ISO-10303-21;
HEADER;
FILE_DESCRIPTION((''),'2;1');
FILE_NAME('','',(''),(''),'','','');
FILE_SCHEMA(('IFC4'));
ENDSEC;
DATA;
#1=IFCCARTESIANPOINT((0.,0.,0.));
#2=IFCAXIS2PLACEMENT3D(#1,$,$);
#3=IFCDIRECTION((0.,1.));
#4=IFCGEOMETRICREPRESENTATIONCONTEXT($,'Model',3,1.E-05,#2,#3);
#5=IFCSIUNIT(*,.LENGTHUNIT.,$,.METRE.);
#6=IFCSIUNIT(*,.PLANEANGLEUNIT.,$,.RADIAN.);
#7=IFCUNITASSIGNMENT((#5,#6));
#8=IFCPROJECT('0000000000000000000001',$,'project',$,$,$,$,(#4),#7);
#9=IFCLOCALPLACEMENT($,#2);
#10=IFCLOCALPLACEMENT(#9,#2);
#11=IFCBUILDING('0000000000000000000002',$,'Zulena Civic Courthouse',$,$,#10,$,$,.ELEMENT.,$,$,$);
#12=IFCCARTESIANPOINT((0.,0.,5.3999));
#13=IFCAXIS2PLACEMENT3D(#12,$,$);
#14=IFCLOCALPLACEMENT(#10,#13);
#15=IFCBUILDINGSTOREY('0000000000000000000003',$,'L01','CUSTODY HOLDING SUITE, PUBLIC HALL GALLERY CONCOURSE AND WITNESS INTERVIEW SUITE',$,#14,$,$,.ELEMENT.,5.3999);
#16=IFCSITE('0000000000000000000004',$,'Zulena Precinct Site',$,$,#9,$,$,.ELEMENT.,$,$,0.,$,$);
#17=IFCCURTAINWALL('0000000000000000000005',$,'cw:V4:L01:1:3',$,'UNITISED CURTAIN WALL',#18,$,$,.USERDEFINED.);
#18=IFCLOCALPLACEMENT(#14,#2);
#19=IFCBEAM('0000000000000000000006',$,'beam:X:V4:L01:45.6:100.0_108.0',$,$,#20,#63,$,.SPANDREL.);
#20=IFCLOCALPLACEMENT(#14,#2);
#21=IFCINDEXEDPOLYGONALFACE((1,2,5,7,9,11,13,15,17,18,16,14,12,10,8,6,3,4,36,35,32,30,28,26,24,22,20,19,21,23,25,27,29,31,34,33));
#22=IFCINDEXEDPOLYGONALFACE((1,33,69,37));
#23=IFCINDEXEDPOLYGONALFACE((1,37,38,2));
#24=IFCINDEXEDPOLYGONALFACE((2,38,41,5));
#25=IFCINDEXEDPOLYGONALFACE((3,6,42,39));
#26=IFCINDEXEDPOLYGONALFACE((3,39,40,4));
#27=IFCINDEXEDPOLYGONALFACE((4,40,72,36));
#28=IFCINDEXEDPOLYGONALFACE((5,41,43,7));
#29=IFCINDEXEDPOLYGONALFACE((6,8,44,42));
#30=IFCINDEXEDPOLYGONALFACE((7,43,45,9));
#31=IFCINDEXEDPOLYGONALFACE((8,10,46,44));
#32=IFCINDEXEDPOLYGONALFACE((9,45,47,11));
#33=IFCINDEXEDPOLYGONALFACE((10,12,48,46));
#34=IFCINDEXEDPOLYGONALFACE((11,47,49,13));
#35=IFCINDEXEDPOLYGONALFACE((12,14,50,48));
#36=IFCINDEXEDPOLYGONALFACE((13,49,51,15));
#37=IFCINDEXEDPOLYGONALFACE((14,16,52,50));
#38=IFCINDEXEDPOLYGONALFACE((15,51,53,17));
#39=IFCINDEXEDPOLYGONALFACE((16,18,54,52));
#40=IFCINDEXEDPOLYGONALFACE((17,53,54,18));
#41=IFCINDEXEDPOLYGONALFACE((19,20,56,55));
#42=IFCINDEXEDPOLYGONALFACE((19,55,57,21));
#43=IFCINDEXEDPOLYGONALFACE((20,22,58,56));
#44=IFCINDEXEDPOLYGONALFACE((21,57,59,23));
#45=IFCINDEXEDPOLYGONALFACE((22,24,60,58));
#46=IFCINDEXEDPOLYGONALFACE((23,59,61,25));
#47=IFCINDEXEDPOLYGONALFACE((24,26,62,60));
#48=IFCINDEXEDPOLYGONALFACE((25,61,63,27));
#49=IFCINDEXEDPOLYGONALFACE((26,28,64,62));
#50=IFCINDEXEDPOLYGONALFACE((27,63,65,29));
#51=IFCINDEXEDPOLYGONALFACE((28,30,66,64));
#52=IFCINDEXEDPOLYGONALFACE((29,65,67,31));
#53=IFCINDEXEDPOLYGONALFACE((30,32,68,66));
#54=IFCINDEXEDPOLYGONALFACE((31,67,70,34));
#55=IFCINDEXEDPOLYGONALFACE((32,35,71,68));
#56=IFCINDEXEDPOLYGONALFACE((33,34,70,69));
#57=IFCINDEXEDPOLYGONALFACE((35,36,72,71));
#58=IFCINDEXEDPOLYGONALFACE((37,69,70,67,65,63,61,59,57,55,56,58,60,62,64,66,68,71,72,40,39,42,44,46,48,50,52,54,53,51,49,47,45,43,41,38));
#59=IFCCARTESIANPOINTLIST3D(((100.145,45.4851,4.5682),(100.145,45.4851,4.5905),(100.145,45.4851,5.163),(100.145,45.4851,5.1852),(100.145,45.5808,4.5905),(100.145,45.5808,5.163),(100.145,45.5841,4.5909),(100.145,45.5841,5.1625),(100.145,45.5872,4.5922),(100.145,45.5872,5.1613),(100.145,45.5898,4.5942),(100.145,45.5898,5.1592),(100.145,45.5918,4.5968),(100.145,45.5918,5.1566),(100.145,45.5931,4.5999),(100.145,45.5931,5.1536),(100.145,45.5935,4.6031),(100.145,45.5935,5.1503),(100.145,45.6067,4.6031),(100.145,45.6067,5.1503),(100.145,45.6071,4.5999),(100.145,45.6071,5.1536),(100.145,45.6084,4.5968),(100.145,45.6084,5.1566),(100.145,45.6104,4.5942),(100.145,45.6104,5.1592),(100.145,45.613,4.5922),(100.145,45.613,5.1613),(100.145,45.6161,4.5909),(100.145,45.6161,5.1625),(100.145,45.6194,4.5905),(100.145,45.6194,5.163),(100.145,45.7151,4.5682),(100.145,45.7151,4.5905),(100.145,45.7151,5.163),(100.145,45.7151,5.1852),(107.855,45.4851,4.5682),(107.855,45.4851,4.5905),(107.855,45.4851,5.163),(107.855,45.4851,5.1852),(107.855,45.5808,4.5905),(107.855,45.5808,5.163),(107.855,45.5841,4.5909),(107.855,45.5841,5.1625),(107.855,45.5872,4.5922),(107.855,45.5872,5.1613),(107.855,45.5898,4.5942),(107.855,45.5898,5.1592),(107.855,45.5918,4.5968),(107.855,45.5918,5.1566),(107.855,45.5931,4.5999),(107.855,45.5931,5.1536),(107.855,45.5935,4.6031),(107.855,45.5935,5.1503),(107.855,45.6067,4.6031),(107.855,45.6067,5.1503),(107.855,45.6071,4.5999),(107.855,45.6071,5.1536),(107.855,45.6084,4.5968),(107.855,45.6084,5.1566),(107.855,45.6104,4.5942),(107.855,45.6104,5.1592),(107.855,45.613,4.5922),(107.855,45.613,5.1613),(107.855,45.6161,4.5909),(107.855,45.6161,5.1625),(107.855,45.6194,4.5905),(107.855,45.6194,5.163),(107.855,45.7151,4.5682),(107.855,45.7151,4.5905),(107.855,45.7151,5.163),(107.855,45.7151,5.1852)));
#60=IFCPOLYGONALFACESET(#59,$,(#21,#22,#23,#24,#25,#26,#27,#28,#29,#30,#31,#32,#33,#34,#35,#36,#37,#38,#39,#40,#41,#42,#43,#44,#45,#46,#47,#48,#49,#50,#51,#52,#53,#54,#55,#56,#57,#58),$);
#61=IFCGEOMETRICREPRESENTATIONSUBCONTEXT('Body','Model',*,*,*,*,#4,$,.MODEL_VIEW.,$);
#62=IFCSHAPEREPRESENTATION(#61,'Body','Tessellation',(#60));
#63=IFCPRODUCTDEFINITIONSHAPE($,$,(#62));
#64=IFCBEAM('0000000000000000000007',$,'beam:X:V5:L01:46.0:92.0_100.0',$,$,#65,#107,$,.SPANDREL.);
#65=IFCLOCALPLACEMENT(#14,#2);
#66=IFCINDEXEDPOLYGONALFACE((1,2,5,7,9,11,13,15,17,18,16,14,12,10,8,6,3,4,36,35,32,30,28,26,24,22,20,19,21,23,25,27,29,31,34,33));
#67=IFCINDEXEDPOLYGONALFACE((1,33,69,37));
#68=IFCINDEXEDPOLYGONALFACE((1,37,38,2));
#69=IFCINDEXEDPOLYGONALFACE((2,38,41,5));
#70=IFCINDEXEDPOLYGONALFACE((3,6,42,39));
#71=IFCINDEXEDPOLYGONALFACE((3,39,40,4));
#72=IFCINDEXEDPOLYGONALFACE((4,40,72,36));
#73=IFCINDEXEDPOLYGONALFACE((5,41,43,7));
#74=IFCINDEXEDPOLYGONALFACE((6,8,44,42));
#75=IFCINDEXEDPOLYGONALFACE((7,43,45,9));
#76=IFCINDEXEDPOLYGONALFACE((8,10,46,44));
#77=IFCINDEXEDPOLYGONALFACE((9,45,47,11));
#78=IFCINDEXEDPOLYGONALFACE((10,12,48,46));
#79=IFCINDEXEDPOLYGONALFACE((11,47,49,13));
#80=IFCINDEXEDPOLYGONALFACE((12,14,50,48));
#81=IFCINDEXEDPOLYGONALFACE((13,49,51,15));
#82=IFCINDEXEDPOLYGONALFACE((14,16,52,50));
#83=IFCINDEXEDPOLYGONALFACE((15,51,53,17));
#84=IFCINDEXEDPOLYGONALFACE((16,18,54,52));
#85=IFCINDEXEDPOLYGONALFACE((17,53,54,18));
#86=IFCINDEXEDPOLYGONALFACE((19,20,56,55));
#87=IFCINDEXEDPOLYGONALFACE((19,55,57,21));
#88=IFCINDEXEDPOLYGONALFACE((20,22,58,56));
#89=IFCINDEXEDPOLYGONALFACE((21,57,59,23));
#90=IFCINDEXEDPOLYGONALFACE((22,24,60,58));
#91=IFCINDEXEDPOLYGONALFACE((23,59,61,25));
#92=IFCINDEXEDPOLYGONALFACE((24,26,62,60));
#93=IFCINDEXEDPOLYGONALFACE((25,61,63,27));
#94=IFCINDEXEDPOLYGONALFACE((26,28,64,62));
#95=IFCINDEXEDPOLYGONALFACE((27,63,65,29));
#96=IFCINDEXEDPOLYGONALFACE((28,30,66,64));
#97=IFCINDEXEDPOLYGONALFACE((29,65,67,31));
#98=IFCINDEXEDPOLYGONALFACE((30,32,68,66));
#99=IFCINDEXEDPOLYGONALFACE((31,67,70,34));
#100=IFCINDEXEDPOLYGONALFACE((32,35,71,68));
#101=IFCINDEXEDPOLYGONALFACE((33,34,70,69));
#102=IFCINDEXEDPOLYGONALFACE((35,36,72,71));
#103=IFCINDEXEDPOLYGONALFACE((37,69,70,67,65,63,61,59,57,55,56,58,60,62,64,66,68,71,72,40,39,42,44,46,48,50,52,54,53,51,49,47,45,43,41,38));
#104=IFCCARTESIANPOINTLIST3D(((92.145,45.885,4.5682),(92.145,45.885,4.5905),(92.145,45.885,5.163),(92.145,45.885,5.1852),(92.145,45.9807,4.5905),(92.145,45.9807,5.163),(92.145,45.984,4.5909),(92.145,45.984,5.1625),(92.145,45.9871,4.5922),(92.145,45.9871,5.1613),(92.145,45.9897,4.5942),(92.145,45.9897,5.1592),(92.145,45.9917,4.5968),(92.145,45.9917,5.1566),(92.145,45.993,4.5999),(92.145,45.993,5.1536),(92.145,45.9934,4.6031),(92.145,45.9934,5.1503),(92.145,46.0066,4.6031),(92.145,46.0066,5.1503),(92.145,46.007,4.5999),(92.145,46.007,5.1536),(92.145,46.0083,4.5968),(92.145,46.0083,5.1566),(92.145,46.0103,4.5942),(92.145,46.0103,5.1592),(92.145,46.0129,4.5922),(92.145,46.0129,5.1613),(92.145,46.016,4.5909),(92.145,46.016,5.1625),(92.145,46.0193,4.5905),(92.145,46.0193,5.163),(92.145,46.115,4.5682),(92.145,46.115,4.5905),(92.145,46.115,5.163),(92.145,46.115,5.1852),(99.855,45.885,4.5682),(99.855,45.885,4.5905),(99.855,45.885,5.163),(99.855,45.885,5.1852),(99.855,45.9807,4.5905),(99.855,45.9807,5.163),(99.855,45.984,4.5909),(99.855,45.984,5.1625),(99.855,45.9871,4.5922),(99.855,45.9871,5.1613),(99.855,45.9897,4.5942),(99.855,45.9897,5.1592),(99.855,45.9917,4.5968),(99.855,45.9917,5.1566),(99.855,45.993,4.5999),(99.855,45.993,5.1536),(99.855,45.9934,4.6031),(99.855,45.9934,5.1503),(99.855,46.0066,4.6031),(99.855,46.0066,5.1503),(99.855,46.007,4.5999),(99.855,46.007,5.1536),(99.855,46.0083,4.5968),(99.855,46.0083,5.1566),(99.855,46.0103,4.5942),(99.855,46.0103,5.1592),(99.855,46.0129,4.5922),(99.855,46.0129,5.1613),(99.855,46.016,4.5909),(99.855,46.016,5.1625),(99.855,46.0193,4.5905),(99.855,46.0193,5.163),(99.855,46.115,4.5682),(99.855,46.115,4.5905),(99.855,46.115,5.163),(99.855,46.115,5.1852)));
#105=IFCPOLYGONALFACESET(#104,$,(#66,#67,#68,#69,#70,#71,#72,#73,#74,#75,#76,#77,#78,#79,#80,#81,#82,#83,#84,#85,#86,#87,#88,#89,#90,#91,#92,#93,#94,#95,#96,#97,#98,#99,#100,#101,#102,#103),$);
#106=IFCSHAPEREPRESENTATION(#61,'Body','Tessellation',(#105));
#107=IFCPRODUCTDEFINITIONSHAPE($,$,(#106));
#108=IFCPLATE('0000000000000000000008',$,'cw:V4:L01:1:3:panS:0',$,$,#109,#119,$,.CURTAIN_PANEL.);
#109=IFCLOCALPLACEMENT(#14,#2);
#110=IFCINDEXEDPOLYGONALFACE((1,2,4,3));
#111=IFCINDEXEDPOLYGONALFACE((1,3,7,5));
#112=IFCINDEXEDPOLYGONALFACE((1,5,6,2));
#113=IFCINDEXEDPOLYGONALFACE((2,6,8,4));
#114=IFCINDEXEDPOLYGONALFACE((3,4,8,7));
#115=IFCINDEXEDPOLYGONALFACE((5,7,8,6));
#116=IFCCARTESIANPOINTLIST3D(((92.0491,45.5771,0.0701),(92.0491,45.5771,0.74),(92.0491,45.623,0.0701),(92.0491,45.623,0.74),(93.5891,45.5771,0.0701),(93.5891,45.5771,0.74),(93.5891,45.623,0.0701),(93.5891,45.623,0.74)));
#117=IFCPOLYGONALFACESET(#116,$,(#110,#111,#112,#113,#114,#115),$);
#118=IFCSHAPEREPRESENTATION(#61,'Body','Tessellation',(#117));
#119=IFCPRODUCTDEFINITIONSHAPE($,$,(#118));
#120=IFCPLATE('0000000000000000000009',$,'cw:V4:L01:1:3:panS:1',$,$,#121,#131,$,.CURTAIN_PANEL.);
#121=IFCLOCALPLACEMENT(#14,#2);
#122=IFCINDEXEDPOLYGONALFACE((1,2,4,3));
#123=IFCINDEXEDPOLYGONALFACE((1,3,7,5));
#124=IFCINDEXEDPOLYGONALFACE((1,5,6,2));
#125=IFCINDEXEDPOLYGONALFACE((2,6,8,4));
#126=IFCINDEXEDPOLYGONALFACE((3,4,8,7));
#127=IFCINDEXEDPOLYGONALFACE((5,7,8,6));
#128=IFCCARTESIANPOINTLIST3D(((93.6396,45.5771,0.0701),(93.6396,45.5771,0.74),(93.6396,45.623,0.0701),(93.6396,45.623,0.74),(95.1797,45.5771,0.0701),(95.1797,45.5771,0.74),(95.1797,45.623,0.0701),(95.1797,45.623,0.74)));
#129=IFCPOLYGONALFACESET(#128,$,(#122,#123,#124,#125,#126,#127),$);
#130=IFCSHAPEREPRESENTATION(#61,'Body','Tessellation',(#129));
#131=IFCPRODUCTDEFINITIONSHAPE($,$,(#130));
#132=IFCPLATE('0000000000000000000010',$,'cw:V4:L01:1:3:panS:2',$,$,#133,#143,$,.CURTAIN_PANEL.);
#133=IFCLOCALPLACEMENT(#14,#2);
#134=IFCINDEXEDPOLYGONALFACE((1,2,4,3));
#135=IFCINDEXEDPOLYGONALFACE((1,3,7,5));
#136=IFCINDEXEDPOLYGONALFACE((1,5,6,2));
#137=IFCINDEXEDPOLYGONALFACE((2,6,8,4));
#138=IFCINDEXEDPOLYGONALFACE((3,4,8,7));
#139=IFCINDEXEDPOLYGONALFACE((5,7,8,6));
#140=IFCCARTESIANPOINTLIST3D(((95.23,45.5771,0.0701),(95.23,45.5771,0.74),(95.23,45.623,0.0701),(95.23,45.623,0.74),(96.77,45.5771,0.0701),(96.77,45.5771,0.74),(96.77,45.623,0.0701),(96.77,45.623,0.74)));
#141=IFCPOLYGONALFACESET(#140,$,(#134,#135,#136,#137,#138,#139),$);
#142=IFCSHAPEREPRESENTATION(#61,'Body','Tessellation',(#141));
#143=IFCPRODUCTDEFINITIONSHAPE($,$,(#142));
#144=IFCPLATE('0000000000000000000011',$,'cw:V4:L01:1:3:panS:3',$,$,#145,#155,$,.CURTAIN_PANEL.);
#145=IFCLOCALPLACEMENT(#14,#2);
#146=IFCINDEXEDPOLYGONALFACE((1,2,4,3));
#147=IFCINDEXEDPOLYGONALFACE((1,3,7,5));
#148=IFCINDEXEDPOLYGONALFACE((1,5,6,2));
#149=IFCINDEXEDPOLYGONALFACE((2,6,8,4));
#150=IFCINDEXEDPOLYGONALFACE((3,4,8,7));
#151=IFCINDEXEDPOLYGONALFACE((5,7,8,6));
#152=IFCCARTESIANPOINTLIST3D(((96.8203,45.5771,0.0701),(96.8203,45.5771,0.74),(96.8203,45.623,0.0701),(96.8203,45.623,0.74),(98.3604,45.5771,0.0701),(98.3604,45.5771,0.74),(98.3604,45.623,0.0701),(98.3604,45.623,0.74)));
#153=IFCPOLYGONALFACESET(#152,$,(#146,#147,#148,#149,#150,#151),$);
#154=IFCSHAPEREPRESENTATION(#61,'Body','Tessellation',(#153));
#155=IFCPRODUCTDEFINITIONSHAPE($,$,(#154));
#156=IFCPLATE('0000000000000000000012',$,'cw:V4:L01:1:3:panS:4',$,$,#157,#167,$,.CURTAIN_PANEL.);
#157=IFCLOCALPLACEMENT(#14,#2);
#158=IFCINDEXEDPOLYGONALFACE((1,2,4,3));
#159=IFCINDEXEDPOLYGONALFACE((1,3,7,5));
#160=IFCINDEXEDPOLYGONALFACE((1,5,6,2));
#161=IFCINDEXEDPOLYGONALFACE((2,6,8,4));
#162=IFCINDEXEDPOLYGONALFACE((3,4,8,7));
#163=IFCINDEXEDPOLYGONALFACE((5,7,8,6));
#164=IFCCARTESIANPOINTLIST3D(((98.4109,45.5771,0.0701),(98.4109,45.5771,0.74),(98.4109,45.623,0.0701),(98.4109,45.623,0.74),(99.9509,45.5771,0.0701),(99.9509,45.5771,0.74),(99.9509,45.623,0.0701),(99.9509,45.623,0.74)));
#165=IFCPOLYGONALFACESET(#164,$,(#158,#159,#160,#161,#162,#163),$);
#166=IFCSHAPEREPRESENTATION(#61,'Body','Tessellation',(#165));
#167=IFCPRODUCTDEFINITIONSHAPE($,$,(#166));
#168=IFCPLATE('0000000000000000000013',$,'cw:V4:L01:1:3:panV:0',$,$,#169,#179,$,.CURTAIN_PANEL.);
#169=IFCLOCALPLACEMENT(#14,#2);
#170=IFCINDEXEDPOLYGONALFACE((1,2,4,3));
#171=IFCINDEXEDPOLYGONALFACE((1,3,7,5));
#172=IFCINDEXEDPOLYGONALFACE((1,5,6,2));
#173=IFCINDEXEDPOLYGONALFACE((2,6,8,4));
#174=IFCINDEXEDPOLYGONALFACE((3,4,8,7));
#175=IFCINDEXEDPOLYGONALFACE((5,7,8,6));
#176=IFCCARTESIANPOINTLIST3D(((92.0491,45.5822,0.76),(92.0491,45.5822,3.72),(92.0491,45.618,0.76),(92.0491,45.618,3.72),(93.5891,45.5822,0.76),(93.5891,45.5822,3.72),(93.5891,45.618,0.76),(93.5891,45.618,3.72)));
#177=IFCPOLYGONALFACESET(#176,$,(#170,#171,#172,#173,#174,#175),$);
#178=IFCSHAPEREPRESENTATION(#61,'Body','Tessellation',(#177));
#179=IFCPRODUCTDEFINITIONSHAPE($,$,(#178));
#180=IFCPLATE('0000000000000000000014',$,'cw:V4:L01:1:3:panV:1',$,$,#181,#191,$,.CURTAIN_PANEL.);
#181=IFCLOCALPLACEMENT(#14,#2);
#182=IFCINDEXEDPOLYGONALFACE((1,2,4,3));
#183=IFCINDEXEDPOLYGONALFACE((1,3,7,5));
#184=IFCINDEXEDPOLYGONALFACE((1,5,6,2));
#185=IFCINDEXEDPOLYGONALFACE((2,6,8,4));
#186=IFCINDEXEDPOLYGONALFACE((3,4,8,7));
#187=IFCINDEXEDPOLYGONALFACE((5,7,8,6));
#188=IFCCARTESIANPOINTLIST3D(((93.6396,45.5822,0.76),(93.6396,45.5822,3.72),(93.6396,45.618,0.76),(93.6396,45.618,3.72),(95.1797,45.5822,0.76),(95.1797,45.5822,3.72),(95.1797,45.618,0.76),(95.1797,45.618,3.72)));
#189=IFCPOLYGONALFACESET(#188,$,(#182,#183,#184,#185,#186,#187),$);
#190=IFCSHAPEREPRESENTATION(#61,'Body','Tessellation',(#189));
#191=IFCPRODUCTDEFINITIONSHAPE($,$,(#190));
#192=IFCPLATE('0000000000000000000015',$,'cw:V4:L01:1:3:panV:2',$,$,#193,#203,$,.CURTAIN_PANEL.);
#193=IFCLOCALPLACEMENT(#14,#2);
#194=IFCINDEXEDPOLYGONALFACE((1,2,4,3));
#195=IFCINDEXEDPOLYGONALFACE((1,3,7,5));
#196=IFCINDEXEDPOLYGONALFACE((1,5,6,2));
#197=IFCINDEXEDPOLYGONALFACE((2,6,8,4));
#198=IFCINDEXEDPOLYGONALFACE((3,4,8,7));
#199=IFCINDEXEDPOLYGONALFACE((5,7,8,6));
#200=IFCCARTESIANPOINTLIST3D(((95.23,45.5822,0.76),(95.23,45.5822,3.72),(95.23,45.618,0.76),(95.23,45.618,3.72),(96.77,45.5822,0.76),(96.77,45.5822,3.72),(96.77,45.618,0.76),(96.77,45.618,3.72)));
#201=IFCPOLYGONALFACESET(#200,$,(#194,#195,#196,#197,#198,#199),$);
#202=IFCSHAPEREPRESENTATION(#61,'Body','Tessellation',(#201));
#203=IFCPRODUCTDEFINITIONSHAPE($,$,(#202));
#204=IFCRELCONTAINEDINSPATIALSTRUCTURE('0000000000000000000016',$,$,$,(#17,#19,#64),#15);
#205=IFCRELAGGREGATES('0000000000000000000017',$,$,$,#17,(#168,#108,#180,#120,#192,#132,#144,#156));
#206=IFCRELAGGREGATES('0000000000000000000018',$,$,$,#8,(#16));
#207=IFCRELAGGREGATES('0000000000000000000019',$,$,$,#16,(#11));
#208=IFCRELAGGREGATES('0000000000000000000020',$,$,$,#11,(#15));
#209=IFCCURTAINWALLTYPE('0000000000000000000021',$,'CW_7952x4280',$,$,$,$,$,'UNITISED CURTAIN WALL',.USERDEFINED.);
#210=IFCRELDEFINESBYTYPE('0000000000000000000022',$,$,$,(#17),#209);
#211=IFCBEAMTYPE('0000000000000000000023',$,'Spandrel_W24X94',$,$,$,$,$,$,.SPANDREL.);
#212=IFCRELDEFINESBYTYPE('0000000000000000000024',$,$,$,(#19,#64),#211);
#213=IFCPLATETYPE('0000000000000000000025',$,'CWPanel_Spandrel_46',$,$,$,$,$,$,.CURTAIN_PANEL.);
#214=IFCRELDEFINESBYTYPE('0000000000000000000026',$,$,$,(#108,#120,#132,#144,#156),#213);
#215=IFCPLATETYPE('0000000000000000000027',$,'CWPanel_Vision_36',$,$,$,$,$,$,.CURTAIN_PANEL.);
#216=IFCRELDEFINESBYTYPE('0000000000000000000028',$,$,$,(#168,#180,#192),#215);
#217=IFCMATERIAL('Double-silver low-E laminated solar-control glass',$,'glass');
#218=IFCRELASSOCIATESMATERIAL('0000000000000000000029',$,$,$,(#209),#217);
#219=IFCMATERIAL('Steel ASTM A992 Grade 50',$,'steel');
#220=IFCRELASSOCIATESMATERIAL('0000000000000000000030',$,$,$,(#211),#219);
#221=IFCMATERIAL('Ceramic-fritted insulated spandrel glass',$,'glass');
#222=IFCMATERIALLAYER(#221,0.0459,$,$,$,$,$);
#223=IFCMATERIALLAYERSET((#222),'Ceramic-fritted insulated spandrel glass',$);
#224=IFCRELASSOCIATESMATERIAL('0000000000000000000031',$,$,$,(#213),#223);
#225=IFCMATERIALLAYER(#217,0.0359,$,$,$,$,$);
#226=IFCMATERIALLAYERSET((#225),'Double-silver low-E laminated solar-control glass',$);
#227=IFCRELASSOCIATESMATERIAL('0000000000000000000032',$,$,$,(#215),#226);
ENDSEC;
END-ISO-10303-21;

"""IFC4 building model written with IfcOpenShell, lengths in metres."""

from ifc_helpers import new_model, si_unit, direction, frame, origin, origin_2d, place, context, subcontext, project, spatial, rectangle, i_section, extrude, material, layer, layer_set, material_profile, profile_set, type_object, element, aggregate, save


model = new_model("IFC4")

# Units and contexts
model_context = context("Model", 3, precision=1e-05, world=origin(), true_north=direction((0.0, 1.0)))
body_context = subcontext(model_context, "Body", "Model", "MODEL_VIEW")
ifc_project = project(units=[si_unit("LENGTHUNIT", "METRE"), si_unit("PLANEANGLEUNIT", "RADIAN")], contexts=[model_context])

# Site, building, storey
site_placement = place(None, origin())
site = spatial("IfcSite", under=ifc_project, at=site_placement, Name="Zulena Precinct Site", CompositionType="ELEMENT", RefElevation=0.0)
building_placement = place(site_placement, origin())
building = spatial("IfcBuilding", under=site, at=building_placement, Name="Zulena Civic Courthouse", CompositionType="ELEMENT")
storey_placement = place(building_placement, frame((0.0, 0.0, 5.3999)))
storey = spatial("IfcBuildingStorey", under=building, at=storey_placement, Name="L01", Description="CUSTODY HOLDING SUITE, PUBLIC HALL GALLERY CONCOURSE AND WITNESS INTERVIEW SUITE", CompositionType="ELEMENT", Elevation=5.3999)

# Shared definitions
ifc_material_1 = material(Name="Steel ASTM A992 Grade 50", Category="steel")

# Curtain wall
ifc_material_2 = material(Name="Double-silver low-E laminated solar-control glass", Category="glass")
curtain_wall_type = type_object("IfcCurtainWallType", Name="CW_7952x4280", ElementType="UNITISED CURTAIN WALL", PredefinedType="USERDEFINED", material=ifc_material_2)
curtain_wall_1_placement = place(storey_placement, origin())
curtain_wall_1 = element("IfcCurtainWall", 1, at=curtain_wall_1_placement, inside=storey, type_object=curtain_wall_type, Name="cw:V4:L01:1:3", ObjectType="UNITISED CURTAIN WALL", PredefinedType="USERDEFINED")

# Beams
ifc_material_profile_1 = material_profile(ifc_material_1, i_section(OverallWidth=0.23, OverallDepth=0.6169, WebThickness=0.0132, FlangeThickness=0.0222, FilletRadius=0.0127, at=origin_2d()), Name="W24X94")
ifc_profile_set_1 = profile_set([ifc_material_profile_1], Name="Steel ASTM A992 Grade 50")
beam_type_1 = type_object("IfcBeamType", Name="Spandrel_W24X94", PredefinedType="SPANDREL", material=ifc_profile_set_1)
for number, where, z_axis, x_axis, name in (
    (2, (100.145, 45.6001, 4.8767), (1.0, 0.0, 0.0), (0.0, 1.0, 0.0), "beam:X:V4:L01:45.6:100.0_108.0"),
    (3, (92.145, 46.0, 4.8767), (1.0, 0.0, 0.0), (0.0, 1.0, 0.0), "beam:X:V5:L01:46.0:92.0_100.0"),
):
    element("IfcBeam", number, at=place(storey_placement, frame(where, z_axis=z_axis, x_axis=x_axis)), inside=storey, type_object=beam_type_1, Name=name, PredefinedType="SPANDREL", context=body_context, shape_type="SweptSolid", body=[
        extrude(i_section(OverallWidth=0.23, OverallDepth=0.6169, WebThickness=0.0132, FlangeThickness=0.0222, FilletRadius=0.0127, at=origin_2d()), origin(), (0.0, 0.0, 1.0), 7.71),
    ])

# Plates
ifc_material_3 = material(Name="Ceramic-fritted insulated spandrel glass", Category="glass")
ifc_layer_1 = layer(ifc_material_3, 0.0459)
ifc_layer_set_1 = layer_set([ifc_layer_1], Name="Ceramic-fritted insulated spandrel glass")
plate_type_1 = type_object("IfcPlateType", Name="CWPanel_Spandrel_46", PredefinedType="CURTAIN_PANEL", material=ifc_layer_set_1)
plate_1_placement = place(storey_placement, frame((92.8191, 45.6001, 0.0701), z_axis=(0.0, 0.0, 1.0), x_axis=(1.0, 0.0, 0.0)))
plate_1 = element("IfcPlate", 4, at=plate_1_placement, type_object=plate_type_1, Name="cw:V4:L01:1:3:panS:0", PredefinedType="CURTAIN_PANEL", context=body_context, shape_type="SweptSolid", body=[
    extrude(rectangle(XDim=1.54, YDim=0.0459, at=origin_2d()), origin(), (0.0, 0.0, 1.0), 0.6699),
])
plate_2_placement = place(storey_placement, frame((94.4097, 45.6001, 0.0701), z_axis=(0.0, 0.0, 1.0), x_axis=(1.0, 0.0, 0.0)))
plate_2 = element("IfcPlate", 5, at=plate_2_placement, type_object=plate_type_1, Name="cw:V4:L01:1:3:panS:1", PredefinedType="CURTAIN_PANEL", context=body_context, shape_type="SweptSolid", body=[
    extrude(rectangle(XDim=1.54, YDim=0.0459, at=origin_2d()), origin(), (0.0, 0.0, 1.0), 0.6699),
])
plate_3_placement = place(storey_placement, frame((96.0, 45.6001, 0.0701), z_axis=(0.0, 0.0, 1.0), x_axis=(1.0, 0.0, 0.0)))
plate_3 = element("IfcPlate", 6, at=plate_3_placement, type_object=plate_type_1, Name="cw:V4:L01:1:3:panS:2", PredefinedType="CURTAIN_PANEL", context=body_context, shape_type="SweptSolid", body=[
    extrude(rectangle(XDim=1.54, YDim=0.0459, at=origin_2d()), origin(), (0.0, 0.0, 1.0), 0.6699),
])
plate_4_placement = place(storey_placement, frame((97.5903, 45.6001, 0.0701), z_axis=(0.0, 0.0, 1.0), x_axis=(1.0, 0.0, 0.0)))
plate_4 = element("IfcPlate", 7, at=plate_4_placement, type_object=plate_type_1, Name="cw:V4:L01:1:3:panS:3", PredefinedType="CURTAIN_PANEL", context=body_context, shape_type="SweptSolid", body=[
    extrude(rectangle(XDim=1.54, YDim=0.0459, at=origin_2d()), origin(), (0.0, 0.0, 1.0), 0.6699),
])
plate_5_placement = place(storey_placement, frame((99.1809, 45.6001, 0.0701), z_axis=(0.0, 0.0, 1.0), x_axis=(1.0, 0.0, 0.0)))
plate_5 = element("IfcPlate", 8, at=plate_5_placement, type_object=plate_type_1, Name="cw:V4:L01:1:3:panS:4", PredefinedType="CURTAIN_PANEL", context=body_context, shape_type="SweptSolid", body=[
    extrude(rectangle(XDim=1.54, YDim=0.0459, at=origin_2d()), origin(), (0.0, 0.0, 1.0), 0.6699),
])
ifc_layer_2 = layer(ifc_material_2, 0.0359)
ifc_layer_set_2 = layer_set([ifc_layer_2], Name="Double-silver low-E laminated solar-control glass")
plate_type_2 = type_object("IfcPlateType", Name="CWPanel_Vision_36", PredefinedType="CURTAIN_PANEL", material=ifc_layer_set_2)
plate_6_placement = place(storey_placement, frame((92.8191, 45.6001, 0.76), z_axis=(0.0, 0.0, 1.0), x_axis=(1.0, 0.0, 0.0)))
plate_6 = element("IfcPlate", 9, at=plate_6_placement, type_object=plate_type_2, Name="cw:V4:L01:1:3:panV:0", PredefinedType="CURTAIN_PANEL", context=body_context, shape_type="SweptSolid", body=[
    extrude(rectangle(XDim=1.54, YDim=0.0359, at=origin_2d()), origin(), (0.0, 0.0, 1.0), 2.96),
])
plate_7_placement = place(storey_placement, frame((94.4097, 45.6001, 0.76), z_axis=(0.0, 0.0, 1.0), x_axis=(1.0, 0.0, 0.0)))
plate_7 = element("IfcPlate", 10, at=plate_7_placement, type_object=plate_type_2, Name="cw:V4:L01:1:3:panV:1", PredefinedType="CURTAIN_PANEL", context=body_context, shape_type="SweptSolid", body=[
    extrude(rectangle(XDim=1.54, YDim=0.0359, at=origin_2d()), origin(), (0.0, 0.0, 1.0), 2.96),
])
plate_8_placement = place(storey_placement, frame((96.0, 45.6001, 0.76), z_axis=(0.0, 0.0, 1.0), x_axis=(1.0, 0.0, 0.0)))
plate_8 = element("IfcPlate", 11, at=plate_8_placement, type_object=plate_type_2, Name="cw:V4:L01:1:3:panV:2", PredefinedType="CURTAIN_PANEL", context=body_context, shape_type="SweptSolid", body=[
    extrude(rectangle(XDim=1.54, YDim=0.0359, at=origin_2d()), origin(), (0.0, 0.0, 1.0), 2.96),
])
aggregate(curtain_wall_1, [plate_6, plate_1, plate_7, plate_2, plate_8, plate_3, plate_4, plate_5])

save(model, "model.ifc")
